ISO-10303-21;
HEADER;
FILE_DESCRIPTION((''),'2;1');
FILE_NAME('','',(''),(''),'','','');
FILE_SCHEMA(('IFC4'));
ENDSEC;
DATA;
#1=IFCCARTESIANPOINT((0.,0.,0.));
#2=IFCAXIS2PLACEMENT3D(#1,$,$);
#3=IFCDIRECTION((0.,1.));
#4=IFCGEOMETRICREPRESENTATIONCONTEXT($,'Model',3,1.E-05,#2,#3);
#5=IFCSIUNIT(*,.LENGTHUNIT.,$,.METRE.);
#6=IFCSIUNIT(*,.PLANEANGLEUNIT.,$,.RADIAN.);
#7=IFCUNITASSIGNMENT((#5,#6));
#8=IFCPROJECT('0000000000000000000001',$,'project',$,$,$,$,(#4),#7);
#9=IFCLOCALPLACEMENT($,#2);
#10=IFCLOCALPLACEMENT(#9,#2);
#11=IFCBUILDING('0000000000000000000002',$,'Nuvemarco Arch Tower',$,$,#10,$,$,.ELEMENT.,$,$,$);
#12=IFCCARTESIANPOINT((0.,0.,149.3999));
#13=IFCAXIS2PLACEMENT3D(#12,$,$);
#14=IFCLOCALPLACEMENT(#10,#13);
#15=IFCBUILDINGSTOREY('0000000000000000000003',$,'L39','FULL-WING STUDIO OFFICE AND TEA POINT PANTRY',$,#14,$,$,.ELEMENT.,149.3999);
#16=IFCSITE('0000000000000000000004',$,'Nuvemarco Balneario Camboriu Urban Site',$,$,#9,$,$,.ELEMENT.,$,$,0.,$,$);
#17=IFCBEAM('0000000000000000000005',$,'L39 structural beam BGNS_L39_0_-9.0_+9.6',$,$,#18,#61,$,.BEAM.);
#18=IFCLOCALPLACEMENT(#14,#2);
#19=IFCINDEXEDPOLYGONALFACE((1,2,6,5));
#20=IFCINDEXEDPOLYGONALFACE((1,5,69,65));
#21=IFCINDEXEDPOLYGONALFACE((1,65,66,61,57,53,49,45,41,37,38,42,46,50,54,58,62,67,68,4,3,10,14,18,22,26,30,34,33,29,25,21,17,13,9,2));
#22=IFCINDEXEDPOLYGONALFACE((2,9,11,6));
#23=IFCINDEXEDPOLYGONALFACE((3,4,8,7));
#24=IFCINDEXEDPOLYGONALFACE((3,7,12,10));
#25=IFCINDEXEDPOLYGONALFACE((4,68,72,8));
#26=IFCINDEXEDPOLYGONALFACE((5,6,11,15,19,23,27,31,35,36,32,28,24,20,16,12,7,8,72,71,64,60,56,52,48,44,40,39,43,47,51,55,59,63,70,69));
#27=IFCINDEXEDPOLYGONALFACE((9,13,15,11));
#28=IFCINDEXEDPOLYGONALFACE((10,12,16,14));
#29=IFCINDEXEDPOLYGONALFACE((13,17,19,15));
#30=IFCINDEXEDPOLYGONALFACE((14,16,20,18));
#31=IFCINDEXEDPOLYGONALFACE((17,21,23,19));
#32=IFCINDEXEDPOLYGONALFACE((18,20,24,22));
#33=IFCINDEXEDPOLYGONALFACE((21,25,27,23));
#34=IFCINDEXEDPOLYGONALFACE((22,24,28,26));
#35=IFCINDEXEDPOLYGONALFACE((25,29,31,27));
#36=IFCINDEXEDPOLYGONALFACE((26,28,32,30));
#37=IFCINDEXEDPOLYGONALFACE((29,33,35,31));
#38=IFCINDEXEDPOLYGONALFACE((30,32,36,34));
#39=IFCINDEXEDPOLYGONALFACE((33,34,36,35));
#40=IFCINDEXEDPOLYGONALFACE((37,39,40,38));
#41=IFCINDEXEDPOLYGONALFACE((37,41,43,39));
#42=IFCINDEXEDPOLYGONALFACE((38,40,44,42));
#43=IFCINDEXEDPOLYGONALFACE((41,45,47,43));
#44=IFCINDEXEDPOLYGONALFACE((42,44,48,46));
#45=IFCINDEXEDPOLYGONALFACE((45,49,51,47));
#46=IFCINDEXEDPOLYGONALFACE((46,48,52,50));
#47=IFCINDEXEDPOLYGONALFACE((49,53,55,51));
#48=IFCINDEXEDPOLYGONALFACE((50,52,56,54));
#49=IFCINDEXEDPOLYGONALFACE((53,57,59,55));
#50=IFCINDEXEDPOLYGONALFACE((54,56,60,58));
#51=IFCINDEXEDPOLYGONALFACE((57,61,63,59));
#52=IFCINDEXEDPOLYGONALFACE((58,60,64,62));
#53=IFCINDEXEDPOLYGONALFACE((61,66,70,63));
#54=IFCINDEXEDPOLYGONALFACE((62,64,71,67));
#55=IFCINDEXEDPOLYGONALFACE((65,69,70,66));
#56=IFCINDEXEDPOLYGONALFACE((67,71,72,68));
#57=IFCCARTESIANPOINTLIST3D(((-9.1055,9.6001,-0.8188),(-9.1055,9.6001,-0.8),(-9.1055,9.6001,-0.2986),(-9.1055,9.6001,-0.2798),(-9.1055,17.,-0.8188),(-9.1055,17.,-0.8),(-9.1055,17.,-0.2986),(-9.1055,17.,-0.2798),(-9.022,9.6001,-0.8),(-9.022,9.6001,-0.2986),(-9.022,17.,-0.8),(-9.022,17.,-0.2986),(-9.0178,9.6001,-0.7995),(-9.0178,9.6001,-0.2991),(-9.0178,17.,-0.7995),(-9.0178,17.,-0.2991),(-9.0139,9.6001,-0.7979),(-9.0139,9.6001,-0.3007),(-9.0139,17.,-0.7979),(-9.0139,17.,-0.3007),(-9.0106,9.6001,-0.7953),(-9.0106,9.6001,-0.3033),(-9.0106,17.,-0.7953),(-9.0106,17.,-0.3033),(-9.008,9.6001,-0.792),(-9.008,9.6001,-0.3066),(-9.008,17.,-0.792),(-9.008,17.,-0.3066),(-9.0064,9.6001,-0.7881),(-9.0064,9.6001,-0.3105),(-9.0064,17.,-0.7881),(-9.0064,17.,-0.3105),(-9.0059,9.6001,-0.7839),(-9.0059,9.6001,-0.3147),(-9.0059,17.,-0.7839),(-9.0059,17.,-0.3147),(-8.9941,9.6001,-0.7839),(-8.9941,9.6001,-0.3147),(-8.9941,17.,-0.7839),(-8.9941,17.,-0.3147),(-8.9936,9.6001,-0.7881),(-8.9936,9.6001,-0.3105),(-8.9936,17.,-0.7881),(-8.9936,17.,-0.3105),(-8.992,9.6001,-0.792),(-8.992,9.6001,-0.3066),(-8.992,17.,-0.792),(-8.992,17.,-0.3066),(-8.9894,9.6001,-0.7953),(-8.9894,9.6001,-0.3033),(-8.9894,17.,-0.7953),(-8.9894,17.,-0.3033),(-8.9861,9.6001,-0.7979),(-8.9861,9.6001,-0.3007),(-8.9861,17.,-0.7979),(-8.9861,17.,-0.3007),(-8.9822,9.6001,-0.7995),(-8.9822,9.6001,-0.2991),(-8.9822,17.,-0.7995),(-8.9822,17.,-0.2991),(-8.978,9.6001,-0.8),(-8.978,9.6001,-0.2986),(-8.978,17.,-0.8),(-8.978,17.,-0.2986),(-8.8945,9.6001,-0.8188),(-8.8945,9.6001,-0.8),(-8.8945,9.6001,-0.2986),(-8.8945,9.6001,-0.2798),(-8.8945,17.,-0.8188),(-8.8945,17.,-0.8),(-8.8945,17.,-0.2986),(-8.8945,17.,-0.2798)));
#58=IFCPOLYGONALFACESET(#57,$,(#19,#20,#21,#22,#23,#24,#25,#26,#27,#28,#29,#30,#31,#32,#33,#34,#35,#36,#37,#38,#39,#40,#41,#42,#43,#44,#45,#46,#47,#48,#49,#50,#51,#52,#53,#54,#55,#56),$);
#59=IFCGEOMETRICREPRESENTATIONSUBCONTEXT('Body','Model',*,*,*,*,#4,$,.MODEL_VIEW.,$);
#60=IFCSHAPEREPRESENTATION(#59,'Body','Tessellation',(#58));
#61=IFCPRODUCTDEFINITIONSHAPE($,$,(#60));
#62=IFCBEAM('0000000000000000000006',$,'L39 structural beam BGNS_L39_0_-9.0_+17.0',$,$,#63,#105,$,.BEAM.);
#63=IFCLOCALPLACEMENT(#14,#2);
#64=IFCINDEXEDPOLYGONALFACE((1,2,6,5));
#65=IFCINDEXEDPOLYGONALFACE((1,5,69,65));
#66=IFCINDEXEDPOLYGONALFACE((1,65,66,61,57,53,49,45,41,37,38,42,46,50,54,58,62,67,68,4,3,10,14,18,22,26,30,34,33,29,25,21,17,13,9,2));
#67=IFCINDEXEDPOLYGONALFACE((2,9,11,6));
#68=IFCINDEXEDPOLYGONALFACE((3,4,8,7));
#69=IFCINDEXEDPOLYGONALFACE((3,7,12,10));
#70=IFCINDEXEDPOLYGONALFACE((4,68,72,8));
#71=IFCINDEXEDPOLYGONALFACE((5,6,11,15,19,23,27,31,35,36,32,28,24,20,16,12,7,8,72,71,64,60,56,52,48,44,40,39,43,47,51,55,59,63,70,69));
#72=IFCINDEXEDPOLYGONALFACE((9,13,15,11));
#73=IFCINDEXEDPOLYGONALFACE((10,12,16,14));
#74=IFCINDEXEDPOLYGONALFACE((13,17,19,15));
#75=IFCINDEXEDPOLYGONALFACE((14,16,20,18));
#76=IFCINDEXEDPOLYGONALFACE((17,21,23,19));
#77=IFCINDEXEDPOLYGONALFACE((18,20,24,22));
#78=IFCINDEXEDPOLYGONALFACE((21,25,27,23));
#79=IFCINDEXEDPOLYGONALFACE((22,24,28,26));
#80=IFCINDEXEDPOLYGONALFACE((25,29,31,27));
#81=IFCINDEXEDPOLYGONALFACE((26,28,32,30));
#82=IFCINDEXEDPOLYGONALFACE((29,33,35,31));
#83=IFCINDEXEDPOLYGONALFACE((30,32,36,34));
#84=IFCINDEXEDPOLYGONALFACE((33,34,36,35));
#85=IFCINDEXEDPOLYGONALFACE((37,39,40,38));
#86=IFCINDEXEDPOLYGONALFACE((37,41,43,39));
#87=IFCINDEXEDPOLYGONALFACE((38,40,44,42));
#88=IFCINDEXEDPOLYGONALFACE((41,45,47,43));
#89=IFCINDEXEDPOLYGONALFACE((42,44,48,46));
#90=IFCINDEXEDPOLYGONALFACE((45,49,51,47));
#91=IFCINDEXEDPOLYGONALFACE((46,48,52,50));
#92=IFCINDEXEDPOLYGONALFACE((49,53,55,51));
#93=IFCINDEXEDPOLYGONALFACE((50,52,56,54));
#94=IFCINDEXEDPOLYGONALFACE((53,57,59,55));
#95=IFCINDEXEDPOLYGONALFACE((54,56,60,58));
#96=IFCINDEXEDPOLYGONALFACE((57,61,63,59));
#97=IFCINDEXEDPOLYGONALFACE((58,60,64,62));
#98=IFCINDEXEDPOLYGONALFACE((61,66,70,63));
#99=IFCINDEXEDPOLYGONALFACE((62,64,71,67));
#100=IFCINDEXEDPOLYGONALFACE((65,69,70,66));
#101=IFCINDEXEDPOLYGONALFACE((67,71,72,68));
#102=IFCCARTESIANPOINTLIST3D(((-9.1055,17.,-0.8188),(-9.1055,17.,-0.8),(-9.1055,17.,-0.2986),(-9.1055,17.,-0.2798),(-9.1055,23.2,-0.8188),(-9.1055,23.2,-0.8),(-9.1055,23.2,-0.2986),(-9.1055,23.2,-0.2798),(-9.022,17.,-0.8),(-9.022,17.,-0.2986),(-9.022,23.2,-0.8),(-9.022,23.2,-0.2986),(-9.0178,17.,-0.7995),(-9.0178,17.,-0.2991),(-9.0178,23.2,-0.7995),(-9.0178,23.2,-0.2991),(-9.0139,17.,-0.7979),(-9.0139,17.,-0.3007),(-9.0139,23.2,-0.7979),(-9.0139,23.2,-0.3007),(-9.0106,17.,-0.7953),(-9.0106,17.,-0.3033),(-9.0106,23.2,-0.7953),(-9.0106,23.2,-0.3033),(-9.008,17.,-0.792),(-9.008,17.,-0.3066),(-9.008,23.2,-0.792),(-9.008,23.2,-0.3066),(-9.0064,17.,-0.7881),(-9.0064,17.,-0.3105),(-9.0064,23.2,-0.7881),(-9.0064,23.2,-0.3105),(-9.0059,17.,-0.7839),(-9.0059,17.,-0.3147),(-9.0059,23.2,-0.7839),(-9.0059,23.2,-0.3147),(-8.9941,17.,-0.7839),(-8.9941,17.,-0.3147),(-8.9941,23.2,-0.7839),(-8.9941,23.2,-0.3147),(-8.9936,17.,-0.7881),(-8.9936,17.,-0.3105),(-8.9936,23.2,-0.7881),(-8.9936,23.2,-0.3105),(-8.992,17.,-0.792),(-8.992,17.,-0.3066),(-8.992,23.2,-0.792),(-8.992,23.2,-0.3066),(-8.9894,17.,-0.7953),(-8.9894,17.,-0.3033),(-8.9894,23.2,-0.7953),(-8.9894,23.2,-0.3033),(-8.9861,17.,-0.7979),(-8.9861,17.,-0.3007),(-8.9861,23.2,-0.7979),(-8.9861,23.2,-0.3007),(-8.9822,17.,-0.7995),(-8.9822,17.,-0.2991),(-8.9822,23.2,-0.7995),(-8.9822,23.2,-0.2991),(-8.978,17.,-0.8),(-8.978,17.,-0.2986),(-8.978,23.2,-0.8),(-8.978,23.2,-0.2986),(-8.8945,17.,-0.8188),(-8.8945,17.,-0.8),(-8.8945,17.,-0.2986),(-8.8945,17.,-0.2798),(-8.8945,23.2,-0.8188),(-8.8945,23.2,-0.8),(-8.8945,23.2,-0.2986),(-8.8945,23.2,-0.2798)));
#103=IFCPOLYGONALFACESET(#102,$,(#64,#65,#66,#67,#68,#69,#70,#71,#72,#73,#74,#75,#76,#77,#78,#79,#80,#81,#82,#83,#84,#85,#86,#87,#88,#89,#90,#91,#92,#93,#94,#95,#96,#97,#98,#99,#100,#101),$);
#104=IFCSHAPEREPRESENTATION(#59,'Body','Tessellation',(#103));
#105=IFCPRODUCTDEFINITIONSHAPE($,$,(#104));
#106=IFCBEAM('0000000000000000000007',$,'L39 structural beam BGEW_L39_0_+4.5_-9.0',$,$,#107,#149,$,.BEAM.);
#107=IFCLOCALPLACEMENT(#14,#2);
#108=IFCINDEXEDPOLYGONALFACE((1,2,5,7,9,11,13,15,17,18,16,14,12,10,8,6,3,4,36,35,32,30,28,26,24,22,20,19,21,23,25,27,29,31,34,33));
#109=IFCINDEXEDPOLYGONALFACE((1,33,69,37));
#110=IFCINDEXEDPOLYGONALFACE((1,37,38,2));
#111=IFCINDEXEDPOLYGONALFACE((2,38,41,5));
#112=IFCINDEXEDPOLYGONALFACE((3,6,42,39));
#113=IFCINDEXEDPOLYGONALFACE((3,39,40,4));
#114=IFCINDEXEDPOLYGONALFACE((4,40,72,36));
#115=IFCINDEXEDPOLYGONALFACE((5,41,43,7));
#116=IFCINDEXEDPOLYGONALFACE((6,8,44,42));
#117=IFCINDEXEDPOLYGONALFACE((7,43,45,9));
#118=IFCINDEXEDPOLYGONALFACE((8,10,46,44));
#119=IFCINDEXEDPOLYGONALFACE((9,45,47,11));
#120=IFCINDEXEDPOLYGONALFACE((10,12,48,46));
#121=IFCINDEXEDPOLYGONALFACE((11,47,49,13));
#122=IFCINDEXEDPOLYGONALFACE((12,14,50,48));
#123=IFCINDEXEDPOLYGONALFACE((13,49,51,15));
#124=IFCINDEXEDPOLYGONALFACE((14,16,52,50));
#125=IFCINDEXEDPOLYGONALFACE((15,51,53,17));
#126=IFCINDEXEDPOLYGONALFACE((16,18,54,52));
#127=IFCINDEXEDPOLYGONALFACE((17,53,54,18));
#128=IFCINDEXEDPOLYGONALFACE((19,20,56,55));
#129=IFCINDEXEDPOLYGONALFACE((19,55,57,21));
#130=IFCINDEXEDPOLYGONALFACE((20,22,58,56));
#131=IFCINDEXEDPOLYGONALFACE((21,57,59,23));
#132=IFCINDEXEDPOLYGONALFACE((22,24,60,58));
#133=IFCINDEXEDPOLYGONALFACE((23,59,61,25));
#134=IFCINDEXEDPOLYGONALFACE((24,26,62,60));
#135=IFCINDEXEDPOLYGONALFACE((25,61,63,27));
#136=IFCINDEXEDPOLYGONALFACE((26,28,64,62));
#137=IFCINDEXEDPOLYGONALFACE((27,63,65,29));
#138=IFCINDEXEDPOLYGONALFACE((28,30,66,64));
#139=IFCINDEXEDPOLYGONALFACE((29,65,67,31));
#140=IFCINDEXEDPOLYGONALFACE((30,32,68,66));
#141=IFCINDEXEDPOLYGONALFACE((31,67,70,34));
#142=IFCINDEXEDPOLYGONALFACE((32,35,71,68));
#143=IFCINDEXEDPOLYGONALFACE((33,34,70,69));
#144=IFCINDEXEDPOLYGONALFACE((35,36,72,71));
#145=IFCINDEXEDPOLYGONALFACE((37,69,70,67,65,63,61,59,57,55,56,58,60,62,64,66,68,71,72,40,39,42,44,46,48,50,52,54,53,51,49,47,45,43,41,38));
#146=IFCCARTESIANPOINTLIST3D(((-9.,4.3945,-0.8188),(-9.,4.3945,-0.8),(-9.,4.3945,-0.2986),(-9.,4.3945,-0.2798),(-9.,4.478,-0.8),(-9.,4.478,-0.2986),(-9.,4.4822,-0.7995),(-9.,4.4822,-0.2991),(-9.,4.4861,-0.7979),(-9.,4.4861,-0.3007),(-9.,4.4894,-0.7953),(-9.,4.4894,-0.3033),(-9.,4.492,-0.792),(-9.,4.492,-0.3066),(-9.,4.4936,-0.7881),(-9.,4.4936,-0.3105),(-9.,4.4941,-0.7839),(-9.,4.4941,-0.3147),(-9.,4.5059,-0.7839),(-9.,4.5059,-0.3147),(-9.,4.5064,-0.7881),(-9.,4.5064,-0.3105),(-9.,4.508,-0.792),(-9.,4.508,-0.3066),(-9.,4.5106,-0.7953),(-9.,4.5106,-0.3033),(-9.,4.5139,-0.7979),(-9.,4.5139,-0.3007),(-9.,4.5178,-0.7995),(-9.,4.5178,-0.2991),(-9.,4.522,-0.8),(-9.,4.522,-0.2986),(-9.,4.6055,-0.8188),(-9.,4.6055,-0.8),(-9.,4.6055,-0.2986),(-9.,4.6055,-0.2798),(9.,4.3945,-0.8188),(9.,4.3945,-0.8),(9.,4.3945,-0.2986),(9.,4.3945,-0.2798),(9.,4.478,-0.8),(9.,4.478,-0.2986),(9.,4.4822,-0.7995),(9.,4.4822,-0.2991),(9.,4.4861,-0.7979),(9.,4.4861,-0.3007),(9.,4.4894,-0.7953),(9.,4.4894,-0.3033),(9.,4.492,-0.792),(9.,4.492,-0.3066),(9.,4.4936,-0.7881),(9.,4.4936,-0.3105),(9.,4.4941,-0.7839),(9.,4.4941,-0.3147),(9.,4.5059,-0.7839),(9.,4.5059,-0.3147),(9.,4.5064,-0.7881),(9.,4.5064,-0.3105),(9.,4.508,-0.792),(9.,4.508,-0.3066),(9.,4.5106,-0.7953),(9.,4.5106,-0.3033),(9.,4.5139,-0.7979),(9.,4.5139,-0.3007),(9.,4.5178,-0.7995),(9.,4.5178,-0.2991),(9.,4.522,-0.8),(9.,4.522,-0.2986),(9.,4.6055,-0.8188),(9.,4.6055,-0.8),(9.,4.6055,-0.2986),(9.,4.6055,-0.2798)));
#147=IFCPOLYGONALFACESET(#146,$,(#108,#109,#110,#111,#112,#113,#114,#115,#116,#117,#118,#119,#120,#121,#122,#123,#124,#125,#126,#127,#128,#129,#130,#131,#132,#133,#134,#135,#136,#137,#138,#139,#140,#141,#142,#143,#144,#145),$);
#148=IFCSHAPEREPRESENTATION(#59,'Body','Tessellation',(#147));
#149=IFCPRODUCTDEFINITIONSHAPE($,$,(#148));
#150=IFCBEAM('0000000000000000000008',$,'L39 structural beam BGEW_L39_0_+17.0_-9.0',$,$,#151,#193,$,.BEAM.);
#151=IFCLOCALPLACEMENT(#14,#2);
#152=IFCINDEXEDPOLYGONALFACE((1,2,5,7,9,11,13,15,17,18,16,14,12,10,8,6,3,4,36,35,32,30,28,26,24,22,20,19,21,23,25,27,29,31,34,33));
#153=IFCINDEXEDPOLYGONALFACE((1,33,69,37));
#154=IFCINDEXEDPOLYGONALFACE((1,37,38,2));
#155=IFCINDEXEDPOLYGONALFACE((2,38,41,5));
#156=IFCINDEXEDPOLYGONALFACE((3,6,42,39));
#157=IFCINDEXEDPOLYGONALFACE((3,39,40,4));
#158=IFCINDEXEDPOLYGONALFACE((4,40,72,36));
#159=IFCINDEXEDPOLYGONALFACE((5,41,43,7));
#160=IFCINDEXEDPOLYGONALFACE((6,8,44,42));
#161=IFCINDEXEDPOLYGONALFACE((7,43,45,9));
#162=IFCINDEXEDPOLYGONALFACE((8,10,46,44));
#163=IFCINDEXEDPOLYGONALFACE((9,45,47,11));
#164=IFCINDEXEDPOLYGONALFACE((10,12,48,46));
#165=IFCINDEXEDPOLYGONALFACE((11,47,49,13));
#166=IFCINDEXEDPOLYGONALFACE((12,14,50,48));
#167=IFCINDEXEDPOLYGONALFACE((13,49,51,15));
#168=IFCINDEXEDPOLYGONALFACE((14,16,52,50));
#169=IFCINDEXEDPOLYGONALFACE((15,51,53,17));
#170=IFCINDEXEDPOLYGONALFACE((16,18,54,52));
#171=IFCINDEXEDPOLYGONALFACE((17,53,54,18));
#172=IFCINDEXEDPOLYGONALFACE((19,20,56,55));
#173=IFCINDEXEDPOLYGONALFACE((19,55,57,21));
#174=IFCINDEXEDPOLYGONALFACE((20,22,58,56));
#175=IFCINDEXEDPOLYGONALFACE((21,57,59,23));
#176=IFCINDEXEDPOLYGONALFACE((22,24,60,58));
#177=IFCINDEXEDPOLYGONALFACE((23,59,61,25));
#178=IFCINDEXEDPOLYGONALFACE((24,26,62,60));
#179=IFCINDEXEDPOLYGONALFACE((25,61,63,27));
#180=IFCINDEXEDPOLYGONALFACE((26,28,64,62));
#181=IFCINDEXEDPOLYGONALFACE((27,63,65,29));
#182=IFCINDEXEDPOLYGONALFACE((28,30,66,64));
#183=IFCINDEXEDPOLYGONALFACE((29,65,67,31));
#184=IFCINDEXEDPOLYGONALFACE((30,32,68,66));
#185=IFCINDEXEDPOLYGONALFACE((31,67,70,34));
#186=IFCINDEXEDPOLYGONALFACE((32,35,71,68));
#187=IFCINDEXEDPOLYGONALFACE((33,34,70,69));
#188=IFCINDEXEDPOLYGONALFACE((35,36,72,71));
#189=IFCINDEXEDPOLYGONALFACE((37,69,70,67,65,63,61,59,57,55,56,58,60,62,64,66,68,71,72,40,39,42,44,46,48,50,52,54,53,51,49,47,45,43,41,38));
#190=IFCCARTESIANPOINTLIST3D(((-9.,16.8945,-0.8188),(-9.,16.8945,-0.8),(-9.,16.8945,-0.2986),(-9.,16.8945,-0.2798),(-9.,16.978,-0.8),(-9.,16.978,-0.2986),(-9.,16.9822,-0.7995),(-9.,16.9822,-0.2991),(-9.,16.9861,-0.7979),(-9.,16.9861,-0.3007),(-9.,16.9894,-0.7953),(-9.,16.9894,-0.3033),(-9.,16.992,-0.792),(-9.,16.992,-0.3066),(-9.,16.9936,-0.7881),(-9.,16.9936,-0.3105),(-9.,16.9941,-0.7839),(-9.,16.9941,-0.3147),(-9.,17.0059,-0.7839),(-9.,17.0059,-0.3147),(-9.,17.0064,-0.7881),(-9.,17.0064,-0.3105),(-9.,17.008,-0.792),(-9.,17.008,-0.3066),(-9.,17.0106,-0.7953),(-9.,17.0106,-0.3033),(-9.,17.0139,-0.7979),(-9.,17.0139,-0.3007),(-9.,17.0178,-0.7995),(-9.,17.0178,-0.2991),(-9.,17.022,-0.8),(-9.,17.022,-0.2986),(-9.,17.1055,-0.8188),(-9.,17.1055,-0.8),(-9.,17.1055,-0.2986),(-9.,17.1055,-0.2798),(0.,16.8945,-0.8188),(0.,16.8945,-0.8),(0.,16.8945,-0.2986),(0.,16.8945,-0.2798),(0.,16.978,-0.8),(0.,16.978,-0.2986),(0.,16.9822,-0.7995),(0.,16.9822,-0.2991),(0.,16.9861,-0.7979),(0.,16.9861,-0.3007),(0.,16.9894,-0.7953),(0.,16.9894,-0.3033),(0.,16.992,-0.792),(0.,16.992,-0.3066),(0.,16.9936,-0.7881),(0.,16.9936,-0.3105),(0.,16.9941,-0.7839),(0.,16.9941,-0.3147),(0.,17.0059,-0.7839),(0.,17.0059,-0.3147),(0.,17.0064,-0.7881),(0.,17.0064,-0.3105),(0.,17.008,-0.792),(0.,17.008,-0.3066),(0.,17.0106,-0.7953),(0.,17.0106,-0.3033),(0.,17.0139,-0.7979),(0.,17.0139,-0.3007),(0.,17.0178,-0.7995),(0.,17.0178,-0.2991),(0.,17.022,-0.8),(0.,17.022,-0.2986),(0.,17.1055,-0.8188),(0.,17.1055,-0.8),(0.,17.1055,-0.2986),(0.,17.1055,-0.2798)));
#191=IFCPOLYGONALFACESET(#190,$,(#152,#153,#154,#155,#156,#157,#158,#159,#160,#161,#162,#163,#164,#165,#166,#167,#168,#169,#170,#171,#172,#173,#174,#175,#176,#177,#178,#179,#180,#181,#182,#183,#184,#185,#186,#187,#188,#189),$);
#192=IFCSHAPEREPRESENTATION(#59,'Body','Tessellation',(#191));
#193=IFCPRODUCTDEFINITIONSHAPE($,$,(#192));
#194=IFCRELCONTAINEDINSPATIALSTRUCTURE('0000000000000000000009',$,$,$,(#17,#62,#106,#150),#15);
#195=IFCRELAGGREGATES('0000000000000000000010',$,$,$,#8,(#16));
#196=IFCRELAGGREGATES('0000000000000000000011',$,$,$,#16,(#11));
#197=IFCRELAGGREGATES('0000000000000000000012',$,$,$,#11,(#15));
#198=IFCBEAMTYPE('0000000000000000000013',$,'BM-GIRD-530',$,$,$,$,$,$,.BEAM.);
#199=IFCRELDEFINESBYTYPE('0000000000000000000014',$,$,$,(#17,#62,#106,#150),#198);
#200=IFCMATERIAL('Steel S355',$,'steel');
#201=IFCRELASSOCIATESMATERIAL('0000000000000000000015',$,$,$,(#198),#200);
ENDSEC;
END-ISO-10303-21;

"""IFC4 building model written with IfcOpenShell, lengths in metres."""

from ifc_helpers import new_model, si_unit, direction, frame, origin, origin_2d, place, context, subcontext, project, spatial, i_section, extrude, material, material_profile, profile_set, type_object, element, save


model = new_model("IFC4")

# Units and contexts
model_context = context("Model", 3, precision=1e-05, world=origin(), true_north=direction((0.0, 1.0)))
body_context = subcontext(model_context, "Body", "Model", "MODEL_VIEW")
ifc_project = project(units=[si_unit("LENGTHUNIT", "METRE"), si_unit("PLANEANGLEUNIT", "RADIAN")], contexts=[model_context])

# Site, building, storey
site_placement = place(None, origin())
site = spatial("IfcSite", under=ifc_project, at=site_placement, Name="Nuvemarco Balneario Camboriu Urban Site", CompositionType="ELEMENT", RefElevation=0.0)
building_placement = place(site_placement, origin())
building = spatial("IfcBuilding", under=site, at=building_placement, Name="Nuvemarco Arch Tower", CompositionType="ELEMENT")
storey_placement = place(building_placement, frame((0.0, 0.0, 149.3999)))
storey = spatial("IfcBuildingStorey", under=building, at=storey_placement, Name="L39", Description="FULL-WING STUDIO OFFICE AND TEA POINT PANTRY", CompositionType="ELEMENT", Elevation=149.3999)

# Shared definitions
ifc_material_1 = material(Name="Steel S355", Category="steel")

# Beams
ifc_material_profile_1 = material_profile(ifc_material_1, i_section(OverallWidth=0.2109, OverallDepth=0.5391, WebThickness=0.0117, FlangeThickness=0.0188, FilletRadius=0.0161, at=origin_2d()), Name="W530x109")
ifc_profile_set_1 = profile_set([ifc_material_profile_1], Name="Steel S355")
beam_type_1 = type_object("IfcBeamType", Name="BM-GIRD-530", PredefinedType="BEAM", material=ifc_profile_set_1)
beam_1_placement = place(storey_placement, frame((-9.0, 9.6001, -0.5493), z_axis=(0.0, 1.0, 0.0), x_axis=(-1.0, 0.0, 0.0)))
element("IfcBeam", 1, at=beam_1_placement, inside=storey, type_object=beam_type_1, Name="L39 structural beam BGNS_L39_0_-9.0_+9.6", PredefinedType="BEAM", context=body_context, shape_type="SweptSolid", body=[
    extrude(i_section(OverallWidth=0.2109, OverallDepth=0.5391, WebThickness=0.0117, FlangeThickness=0.0188, FilletRadius=0.0161, at=origin_2d()), origin(), (0.0, 0.0, 1.0), 7.3999),
])
beam_2_placement = place(storey_placement, frame((-9.0, 17.0, -0.5493), z_axis=(0.0, 1.0, 0.0), x_axis=(-1.0, 0.0, 0.0)))
element("IfcBeam", 2, at=beam_2_placement, inside=storey, type_object=beam_type_1, Name="L39 structural beam BGNS_L39_0_-9.0_+17.0", PredefinedType="BEAM", context=body_context, shape_type="SweptSolid", body=[
    extrude(i_section(OverallWidth=0.2109, OverallDepth=0.5391, WebThickness=0.0117, FlangeThickness=0.0188, FilletRadius=0.0161, at=origin_2d()), origin(), (0.0, 0.0, 1.0), 6.2),
])
beam_3_placement = place(storey_placement, frame((-9.0, 4.5, -0.5493), z_axis=(1.0, 0.0, 0.0), x_axis=(0.0, 1.0, 0.0)))
element("IfcBeam", 3, at=beam_3_placement, inside=storey, type_object=beam_type_1, Name="L39 structural beam BGEW_L39_0_+4.5_-9.0", PredefinedType="BEAM", context=body_context, shape_type="SweptSolid", body=[
    extrude(i_section(OverallWidth=0.2109, OverallDepth=0.5391, WebThickness=0.0117, FlangeThickness=0.0188, FilletRadius=0.0161, at=origin_2d()), origin(), (0.0, 0.0, 1.0), 18.0),
])
beam_4_placement = place(storey_placement, frame((-9.0, 17.0, -0.5493), z_axis=(1.0, 0.0, 0.0), x_axis=(0.0, 1.0, 0.0)))
element("IfcBeam", 4, at=beam_4_placement, inside=storey, type_object=beam_type_1, Name="L39 structural beam BGEW_L39_0_+17.0_-9.0", PredefinedType="BEAM", context=body_context, shape_type="SweptSolid", body=[
    extrude(i_section(OverallWidth=0.2109, OverallDepth=0.5391, WebThickness=0.0117, FlangeThickness=0.0188, FilletRadius=0.0161, at=origin_2d()), origin(), (0.0, 0.0, 1.0), 9.0),
])

save(model, "model.ifc")
